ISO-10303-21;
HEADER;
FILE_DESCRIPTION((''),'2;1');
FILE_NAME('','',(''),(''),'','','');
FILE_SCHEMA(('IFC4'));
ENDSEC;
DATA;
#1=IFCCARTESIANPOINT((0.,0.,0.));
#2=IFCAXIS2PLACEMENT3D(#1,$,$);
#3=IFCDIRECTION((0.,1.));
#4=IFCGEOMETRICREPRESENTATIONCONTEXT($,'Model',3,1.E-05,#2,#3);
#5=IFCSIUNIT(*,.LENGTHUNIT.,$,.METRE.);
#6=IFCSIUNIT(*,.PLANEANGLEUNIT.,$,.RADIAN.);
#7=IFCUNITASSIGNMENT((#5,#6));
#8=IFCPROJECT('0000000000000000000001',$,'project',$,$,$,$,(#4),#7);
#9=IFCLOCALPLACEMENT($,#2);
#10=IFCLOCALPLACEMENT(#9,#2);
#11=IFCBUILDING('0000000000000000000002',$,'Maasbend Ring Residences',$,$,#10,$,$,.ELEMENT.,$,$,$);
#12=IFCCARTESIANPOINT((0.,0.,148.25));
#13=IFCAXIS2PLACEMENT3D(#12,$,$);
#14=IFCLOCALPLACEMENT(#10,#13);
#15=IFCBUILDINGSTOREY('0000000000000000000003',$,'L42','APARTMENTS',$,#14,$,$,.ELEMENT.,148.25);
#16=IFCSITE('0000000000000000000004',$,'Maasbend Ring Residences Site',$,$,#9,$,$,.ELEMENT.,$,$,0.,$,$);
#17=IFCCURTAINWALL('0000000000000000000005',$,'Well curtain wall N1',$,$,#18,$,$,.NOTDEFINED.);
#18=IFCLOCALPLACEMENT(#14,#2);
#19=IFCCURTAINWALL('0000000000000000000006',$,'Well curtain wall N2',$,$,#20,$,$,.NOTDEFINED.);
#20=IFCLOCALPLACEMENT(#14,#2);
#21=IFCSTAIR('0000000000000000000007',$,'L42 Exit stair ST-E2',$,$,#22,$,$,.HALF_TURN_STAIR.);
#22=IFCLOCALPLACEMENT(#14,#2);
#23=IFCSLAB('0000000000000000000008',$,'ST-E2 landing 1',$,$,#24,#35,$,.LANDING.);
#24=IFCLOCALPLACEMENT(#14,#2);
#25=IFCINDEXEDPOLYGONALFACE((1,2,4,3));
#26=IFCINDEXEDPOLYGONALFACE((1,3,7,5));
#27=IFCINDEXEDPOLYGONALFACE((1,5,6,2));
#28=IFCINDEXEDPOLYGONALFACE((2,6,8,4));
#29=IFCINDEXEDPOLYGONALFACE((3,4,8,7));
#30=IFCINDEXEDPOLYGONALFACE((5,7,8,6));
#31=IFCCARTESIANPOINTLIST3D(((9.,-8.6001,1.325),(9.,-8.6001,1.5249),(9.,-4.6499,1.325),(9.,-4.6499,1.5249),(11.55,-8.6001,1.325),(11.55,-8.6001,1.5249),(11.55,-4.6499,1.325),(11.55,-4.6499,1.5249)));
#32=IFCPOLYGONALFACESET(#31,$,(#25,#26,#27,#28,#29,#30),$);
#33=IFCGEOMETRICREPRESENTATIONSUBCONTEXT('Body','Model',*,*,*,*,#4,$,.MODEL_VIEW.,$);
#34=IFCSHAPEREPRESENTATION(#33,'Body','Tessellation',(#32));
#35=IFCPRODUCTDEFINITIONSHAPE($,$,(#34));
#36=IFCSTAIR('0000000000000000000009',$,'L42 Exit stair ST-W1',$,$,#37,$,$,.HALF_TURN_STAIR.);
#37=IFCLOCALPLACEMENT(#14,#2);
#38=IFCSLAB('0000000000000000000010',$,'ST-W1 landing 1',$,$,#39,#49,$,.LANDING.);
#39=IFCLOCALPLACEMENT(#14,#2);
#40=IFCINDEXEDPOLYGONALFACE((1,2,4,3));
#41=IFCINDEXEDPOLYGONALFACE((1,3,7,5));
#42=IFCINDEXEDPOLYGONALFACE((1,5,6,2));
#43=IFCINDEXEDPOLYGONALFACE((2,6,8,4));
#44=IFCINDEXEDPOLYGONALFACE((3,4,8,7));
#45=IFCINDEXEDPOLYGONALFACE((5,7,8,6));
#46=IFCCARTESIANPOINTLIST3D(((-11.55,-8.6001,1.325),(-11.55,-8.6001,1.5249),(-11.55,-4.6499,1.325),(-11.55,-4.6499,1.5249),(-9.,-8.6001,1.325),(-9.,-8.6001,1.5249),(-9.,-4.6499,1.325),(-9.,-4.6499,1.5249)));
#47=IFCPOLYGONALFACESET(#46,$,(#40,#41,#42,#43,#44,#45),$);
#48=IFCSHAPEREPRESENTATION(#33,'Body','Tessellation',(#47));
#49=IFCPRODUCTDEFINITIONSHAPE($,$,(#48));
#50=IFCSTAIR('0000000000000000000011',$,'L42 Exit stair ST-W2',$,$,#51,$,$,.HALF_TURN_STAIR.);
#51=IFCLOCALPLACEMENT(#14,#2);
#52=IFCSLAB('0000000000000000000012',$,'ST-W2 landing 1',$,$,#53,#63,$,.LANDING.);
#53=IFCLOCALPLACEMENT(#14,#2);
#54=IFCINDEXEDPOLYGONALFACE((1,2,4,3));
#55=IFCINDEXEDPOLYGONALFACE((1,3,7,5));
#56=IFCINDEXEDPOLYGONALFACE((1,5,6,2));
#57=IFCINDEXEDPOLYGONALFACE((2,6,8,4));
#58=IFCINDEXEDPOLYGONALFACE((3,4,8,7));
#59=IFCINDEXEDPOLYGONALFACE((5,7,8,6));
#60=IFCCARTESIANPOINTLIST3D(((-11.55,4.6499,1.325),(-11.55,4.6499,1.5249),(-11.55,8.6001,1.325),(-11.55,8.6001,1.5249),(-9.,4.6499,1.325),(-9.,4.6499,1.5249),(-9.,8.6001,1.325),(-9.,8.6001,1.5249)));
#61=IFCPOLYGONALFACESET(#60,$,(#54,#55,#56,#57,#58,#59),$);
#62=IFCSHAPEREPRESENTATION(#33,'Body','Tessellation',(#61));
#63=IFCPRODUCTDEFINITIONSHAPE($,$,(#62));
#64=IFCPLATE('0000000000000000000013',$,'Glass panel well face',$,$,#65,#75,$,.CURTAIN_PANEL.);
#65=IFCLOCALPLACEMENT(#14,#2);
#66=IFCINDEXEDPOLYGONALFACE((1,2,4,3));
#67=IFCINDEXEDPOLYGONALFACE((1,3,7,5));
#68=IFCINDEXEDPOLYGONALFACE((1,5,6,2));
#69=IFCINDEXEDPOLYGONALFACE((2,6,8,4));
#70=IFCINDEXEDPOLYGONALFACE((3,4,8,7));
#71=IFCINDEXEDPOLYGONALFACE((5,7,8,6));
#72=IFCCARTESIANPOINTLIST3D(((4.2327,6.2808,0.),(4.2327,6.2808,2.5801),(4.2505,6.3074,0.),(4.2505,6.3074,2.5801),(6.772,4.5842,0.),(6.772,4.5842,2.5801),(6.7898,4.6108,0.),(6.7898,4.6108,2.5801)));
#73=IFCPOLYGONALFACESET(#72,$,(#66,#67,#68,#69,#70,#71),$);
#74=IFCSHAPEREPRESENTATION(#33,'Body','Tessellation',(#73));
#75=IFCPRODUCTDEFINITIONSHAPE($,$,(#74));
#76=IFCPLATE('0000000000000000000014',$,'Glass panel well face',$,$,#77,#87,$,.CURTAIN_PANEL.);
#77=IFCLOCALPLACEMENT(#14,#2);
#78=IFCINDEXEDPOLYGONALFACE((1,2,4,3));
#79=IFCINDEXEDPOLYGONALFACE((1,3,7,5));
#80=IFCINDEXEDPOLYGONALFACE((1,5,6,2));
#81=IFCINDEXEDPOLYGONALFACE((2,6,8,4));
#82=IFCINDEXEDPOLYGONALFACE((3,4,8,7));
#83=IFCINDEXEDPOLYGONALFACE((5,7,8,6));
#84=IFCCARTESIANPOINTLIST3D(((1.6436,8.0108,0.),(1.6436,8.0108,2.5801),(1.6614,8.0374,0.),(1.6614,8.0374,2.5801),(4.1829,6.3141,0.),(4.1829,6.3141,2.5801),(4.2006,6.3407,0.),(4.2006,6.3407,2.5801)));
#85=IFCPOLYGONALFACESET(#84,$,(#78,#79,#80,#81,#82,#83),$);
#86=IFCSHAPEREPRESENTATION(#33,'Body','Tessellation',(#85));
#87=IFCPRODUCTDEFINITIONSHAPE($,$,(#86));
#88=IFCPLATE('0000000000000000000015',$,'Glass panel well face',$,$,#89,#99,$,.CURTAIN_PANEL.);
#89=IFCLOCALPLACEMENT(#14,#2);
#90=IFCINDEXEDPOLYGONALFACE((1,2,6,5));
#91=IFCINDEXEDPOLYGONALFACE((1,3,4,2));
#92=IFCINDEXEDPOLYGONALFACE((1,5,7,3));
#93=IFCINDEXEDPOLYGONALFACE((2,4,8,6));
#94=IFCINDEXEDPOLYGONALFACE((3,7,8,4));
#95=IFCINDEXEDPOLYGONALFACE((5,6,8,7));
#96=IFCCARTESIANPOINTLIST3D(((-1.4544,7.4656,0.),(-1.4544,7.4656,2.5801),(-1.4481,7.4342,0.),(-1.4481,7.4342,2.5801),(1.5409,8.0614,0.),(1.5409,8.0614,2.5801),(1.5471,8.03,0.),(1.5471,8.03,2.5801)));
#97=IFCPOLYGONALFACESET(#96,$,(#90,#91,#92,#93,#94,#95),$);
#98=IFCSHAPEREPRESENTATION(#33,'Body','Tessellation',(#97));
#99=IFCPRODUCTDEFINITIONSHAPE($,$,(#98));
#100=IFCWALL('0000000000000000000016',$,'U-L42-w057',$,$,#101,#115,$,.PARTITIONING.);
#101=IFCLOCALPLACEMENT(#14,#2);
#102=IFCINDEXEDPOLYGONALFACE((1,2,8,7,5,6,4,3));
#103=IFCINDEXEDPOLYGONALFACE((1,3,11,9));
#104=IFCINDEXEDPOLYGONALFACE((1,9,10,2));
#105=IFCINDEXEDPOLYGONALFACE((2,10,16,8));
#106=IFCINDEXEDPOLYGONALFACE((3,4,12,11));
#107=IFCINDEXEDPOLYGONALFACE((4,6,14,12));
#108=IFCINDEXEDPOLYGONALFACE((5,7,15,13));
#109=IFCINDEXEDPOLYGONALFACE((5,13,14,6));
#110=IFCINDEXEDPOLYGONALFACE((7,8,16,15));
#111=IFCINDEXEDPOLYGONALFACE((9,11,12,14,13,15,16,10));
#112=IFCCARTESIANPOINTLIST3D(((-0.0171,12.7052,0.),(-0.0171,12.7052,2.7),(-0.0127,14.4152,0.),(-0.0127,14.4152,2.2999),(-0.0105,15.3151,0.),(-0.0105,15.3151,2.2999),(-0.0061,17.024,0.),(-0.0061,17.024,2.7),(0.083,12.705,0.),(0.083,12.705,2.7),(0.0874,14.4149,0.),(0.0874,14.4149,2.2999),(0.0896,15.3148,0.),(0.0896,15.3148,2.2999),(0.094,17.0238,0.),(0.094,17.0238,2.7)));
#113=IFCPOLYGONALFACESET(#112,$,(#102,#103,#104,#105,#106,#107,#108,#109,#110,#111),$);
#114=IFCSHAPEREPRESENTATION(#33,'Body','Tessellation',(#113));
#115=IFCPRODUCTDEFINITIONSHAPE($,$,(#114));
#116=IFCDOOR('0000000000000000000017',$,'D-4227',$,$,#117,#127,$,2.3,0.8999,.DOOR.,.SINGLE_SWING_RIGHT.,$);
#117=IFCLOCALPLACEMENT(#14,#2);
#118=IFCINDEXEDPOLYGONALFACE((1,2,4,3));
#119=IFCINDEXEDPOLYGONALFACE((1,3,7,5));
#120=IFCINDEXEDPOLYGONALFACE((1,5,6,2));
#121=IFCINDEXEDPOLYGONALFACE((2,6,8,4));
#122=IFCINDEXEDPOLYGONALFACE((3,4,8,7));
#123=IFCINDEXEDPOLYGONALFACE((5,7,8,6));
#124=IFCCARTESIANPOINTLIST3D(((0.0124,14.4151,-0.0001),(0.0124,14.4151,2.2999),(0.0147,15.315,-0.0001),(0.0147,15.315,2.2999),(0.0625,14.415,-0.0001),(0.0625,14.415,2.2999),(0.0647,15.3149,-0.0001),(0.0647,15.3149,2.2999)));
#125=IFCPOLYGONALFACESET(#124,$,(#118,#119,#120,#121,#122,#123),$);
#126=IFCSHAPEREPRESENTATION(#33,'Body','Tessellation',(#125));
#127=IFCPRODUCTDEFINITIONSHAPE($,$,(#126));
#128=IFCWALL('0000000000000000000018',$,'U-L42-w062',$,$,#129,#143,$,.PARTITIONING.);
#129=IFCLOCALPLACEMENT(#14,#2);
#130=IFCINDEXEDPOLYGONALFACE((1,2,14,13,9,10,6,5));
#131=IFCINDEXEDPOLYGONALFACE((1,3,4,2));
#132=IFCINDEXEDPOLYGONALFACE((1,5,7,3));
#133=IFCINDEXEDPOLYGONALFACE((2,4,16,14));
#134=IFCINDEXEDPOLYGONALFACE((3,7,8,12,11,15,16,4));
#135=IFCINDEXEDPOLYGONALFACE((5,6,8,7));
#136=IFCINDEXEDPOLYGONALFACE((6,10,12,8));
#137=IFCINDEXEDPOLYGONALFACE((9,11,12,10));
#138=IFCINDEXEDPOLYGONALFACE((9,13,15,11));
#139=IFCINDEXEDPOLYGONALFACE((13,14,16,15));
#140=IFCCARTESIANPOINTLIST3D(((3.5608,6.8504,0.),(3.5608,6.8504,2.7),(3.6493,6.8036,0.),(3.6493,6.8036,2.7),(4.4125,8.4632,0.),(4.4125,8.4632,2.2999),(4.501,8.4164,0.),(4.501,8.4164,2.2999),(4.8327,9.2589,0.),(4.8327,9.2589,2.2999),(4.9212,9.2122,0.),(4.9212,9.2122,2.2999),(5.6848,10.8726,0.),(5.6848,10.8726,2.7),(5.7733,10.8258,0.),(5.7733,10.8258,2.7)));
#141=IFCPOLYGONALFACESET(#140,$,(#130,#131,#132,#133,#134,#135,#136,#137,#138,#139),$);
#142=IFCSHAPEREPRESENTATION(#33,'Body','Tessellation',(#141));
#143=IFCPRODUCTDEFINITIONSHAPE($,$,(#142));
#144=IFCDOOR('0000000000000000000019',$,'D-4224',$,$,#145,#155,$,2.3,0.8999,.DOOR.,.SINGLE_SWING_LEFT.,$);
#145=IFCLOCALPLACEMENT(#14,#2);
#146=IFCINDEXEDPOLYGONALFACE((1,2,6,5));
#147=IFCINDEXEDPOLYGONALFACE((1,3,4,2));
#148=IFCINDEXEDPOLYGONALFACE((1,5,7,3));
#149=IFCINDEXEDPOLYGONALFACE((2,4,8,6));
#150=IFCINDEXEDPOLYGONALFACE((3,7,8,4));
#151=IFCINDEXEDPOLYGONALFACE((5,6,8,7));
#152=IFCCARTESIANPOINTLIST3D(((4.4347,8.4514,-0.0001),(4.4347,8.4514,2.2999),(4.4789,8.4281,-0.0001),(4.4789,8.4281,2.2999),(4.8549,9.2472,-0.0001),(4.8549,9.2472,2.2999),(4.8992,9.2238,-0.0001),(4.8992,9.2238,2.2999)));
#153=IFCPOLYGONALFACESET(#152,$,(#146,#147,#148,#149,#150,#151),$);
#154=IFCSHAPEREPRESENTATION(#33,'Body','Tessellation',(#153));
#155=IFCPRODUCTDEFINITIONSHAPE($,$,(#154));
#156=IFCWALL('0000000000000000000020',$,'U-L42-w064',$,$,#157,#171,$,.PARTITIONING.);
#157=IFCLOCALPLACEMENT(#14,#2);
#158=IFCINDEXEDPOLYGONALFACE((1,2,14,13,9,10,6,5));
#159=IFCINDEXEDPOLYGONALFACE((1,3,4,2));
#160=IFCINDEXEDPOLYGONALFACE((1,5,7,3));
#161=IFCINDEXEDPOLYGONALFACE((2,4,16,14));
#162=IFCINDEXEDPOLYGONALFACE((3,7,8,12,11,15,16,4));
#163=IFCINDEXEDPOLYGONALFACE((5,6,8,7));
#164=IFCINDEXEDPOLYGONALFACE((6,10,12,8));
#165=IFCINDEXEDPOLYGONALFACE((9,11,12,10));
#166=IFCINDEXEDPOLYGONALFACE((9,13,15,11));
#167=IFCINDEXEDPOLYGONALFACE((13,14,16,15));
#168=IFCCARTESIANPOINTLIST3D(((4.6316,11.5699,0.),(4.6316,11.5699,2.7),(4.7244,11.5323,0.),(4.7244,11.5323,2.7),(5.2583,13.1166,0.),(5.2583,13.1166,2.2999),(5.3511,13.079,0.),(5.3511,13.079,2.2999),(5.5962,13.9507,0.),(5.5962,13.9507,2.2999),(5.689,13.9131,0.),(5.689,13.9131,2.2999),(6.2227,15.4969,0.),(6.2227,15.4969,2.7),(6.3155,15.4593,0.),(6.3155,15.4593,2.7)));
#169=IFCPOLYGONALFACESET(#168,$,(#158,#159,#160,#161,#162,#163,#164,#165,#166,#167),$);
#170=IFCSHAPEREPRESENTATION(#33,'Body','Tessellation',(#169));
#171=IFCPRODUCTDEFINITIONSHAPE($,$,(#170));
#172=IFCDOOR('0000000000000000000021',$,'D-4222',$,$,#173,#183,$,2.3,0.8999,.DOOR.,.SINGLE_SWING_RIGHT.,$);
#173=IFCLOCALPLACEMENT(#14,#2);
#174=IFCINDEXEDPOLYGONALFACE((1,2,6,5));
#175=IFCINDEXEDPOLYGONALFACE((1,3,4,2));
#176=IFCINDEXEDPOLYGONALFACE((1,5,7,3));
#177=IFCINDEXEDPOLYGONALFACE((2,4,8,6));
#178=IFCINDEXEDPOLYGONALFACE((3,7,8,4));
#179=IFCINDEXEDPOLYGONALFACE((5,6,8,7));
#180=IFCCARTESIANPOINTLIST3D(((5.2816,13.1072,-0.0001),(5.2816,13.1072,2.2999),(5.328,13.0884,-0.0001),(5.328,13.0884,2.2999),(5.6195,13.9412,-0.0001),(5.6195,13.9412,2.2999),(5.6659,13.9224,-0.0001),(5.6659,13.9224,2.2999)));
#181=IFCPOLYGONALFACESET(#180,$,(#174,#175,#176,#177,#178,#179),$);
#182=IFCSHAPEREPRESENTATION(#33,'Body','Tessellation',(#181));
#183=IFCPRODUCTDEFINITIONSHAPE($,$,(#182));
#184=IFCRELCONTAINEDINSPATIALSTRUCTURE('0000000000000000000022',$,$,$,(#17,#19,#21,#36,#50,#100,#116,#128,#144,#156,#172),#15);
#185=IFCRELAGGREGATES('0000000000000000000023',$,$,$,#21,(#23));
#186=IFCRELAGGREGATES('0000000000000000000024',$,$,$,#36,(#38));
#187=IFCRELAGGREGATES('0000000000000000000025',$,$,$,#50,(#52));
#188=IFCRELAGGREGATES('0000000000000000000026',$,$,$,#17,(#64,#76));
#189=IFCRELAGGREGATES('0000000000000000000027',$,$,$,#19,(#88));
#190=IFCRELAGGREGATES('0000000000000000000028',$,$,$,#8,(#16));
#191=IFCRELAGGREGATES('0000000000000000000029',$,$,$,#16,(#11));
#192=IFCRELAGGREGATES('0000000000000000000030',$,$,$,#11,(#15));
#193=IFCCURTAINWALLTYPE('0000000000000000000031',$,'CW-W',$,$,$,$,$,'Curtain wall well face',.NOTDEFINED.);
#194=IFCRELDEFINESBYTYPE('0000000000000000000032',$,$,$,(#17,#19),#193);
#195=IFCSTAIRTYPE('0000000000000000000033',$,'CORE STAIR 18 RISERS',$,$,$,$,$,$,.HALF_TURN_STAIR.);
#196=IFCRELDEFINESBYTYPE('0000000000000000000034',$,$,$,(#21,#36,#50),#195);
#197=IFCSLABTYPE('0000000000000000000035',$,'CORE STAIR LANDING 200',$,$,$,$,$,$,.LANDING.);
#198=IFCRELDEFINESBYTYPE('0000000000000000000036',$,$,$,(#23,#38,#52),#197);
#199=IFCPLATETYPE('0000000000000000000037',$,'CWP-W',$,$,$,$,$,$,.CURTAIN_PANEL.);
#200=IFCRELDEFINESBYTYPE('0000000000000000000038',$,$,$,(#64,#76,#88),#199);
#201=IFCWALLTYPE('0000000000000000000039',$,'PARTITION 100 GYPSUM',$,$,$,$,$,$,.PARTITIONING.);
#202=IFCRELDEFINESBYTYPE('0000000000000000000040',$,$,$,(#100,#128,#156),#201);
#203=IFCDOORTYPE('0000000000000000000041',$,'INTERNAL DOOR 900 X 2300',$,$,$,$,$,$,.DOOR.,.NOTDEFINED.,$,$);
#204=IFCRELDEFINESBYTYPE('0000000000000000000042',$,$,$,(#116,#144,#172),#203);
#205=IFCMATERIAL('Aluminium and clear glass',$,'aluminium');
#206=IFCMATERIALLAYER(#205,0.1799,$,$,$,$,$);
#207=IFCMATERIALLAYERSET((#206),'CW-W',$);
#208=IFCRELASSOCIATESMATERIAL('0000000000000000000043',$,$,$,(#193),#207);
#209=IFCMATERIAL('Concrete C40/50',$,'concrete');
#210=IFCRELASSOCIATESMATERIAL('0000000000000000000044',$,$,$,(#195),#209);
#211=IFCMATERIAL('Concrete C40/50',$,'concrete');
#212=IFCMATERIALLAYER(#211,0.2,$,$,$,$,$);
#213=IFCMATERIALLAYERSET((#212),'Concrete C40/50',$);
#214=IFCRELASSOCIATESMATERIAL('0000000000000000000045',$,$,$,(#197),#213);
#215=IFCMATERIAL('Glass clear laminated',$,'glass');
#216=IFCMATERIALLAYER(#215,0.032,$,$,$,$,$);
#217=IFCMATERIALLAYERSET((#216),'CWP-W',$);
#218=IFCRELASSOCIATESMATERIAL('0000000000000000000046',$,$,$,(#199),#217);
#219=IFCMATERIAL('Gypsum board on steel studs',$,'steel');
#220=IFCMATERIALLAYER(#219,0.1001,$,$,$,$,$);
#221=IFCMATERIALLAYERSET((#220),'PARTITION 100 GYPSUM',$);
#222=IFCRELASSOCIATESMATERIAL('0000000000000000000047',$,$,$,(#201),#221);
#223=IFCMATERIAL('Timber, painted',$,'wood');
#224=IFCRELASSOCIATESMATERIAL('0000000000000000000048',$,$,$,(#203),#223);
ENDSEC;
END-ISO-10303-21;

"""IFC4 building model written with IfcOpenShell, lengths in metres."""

from ifc_helpers import new_model, si_unit, direction, frame, frame_2d, origin, origin_2d, place, context, subcontext, project, spatial, polyline, rectangle, outline, extrude, material, layer, layer_set, type_object, element, fill, aggregate, save


model = new_model("IFC4")

# Units and contexts
model_context = context("Model", 3, precision=1e-05, world=origin(), true_north=direction((0.0, 1.0)))
body_context = subcontext(model_context, "Body", "Model", "MODEL_VIEW")
ifc_project = project(units=[si_unit("LENGTHUNIT", "METRE"), si_unit("PLANEANGLEUNIT", "RADIAN")], contexts=[model_context])

# Site, building, storey
site_placement = place(None, origin())
site = spatial("IfcSite", under=ifc_project, at=site_placement, Name="Maasbend Ring Residences Site", CompositionType="ELEMENT", RefElevation=0.0)
building_placement = place(site_placement, origin())
building = spatial("IfcBuilding", under=site, at=building_placement, Name="Maasbend Ring Residences", CompositionType="ELEMENT")
storey_placement = place(building_placement, frame((0.0, 0.0, 148.25)))
storey = spatial("IfcBuildingStorey", under=building, at=storey_placement, Name="L42", Description="APARTMENTS", CompositionType="ELEMENT", Elevation=148.25)

# Curtain wall
ifc_material_1 = material(Name="Aluminium and clear glass", Category="aluminium")
ifc_layer_1 = layer(ifc_material_1, 0.1799)
ifc_layer_set_1 = layer_set([ifc_layer_1], Name="CW-W")
curtain_wall_type = type_object("IfcCurtainWallType", Name="CW-W", ElementType="Curtain wall well face", PredefinedType="NOTDEFINED", material=ifc_layer_set_1)
curtain_wall_1_placement = place(storey_placement, origin())
curtain_wall_1 = element("IfcCurtainWall", 1, at=curtain_wall_1_placement, inside=storey, type_object=curtain_wall_type, Name="Well curtain wall N1", PredefinedType="NOTDEFINED")

# Curtain wall
curtain_wall_2_placement = place(storey_placement, origin())
curtain_wall_2 = element("IfcCurtainWall", 2, at=curtain_wall_2_placement, inside=storey, type_object=curtain_wall_type, Name="Well curtain wall N2", PredefinedType="NOTDEFINED")

# Stairs, slabs
ifc_material_2 = material(Name="Concrete C40/50", Category="concrete")
stair_type = type_object("IfcStairType", Name="CORE STAIR 18 RISERS", PredefinedType="HALF_TURN_STAIR", material=ifc_material_2)
ifc_material_3 = material(Name="Concrete C40/50", Category="concrete")
ifc_layer_2 = layer(ifc_material_3, 0.2)
ifc_layer_set_2 = layer_set([ifc_layer_2], Name="Concrete C40/50")
slab_type = type_object("IfcSlabType", Name="CORE STAIR LANDING 200", PredefinedType="LANDING", material=ifc_layer_set_2)
stair_1_placement = place(storey_placement, origin())
stair_1 = element("IfcStair", 3, at=stair_1_placement, inside=storey, type_object=stair_type, Name="L42 Exit stair ST-E2", PredefinedType="HALF_TURN_STAIR")
slab_1_placement = place(storey_placement, frame((0.0, 0.0, 1.325)))
slab_1 = element("IfcSlab", 4, at=slab_1_placement, type_object=slab_type, Name="ST-E2 landing 1", PredefinedType="LANDING", context=body_context, shape_type="SweptSolid", body=[
    extrude(outline(polyline([(11.55, -4.6499), (9.0, -4.6499), (9.0, -8.6001), (11.55, -8.6001), (11.55, -4.6499)])), origin(), (0.0, 0.0, 1.0), 0.2),
])
aggregate(stair_1, [slab_1])
stair_2_placement = place(storey_placement, origin())
stair_2 = element("IfcStair", 5, at=stair_2_placement, inside=storey, type_object=stair_type, Name="L42 Exit stair ST-W1", PredefinedType="HALF_TURN_STAIR")
slab_2_placement = place(storey_placement, frame((0.0, 0.0, 1.325)))
slab_2 = element("IfcSlab", 6, at=slab_2_placement, type_object=slab_type, Name="ST-W1 landing 1", PredefinedType="LANDING", context=body_context, shape_type="SweptSolid", body=[
    extrude(outline(polyline([(-11.55, -8.6001), (-9.0, -8.6001), (-9.0, -4.6499), (-11.55, -4.6499), (-11.55, -8.6001)])), origin(), (0.0, 0.0, 1.0), 0.2),
])
aggregate(stair_2, [slab_2])
stair_3_placement = place(storey_placement, origin())
stair_3 = element("IfcStair", 7, at=stair_3_placement, inside=storey, type_object=stair_type, Name="L42 Exit stair ST-W2", PredefinedType="HALF_TURN_STAIR")
slab_3_placement = place(storey_placement, frame((0.0, 0.0, 1.325)))
slab_3 = element("IfcSlab", 8, at=slab_3_placement, type_object=slab_type, Name="ST-W2 landing 1", PredefinedType="LANDING", context=body_context, shape_type="SweptSolid", body=[
    extrude(outline(polyline([(-11.55, 4.6499), (-9.0, 4.6499), (-9.0, 8.6001), (-11.55, 8.6001), (-11.55, 4.6499)])), origin(), (0.0, 0.0, 1.0), 0.2),
])
aggregate(stair_3, [slab_3])

# Plates
ifc_material_4 = material(Name="Glass clear laminated", Category="glass")
ifc_layer_3 = layer(ifc_material_4, 0.032)
ifc_layer_set_3 = layer_set([ifc_layer_3], Name="CWP-W")
plate_type = type_object("IfcPlateType", Name="CWP-W", PredefinedType="CURTAIN_PANEL", material=ifc_layer_set_3)
plate_1_placement = place(storey_placement, frame((5.5112, 5.4458, 0.0), z_axis=(0.0, 0.0, 1.0), x_axis=(-0.83147, 0.55557, 0.0)))
plate_1 = element("IfcPlate", 9, at=plate_1_placement, type_object=plate_type, Name="Glass panel well face", PredefinedType="CURTAIN_PANEL", context=body_context, shape_type="SweptSolid", body=[
    extrude(rectangle(XDim=3.054, YDim=0.032, at=origin_2d()), origin(), (0.0, 0.0, 1.0), 2.5801),
])
plate_2_placement = place(storey_placement, frame((2.9221, 7.1758, 0.0), z_axis=(0.0, 0.0, 1.0), x_axis=(-0.83147, 0.55557, 0.0)))
plate_2 = element("IfcPlate", 10, at=plate_2_placement, type_object=plate_type, Name="Glass panel well face", PredefinedType="CURTAIN_PANEL", context=body_context, shape_type="SweptSolid", body=[
    extrude(rectangle(XDim=3.054, YDim=0.032, at=origin_2d()), origin(), (0.0, 0.0, 1.0), 2.5801),
])
aggregate(curtain_wall_1, [plate_1, plate_2])
plate_3_placement = place(storey_placement, frame((0.0464, 7.7478, 0.0), z_axis=(0.0, 0.0, 1.0), x_axis=(-0.980785, -0.19509, 0.0)))
plate_3 = element("IfcPlate", 11, at=plate_3_placement, type_object=plate_type, Name="Glass panel well face", PredefinedType="CURTAIN_PANEL", context=body_context, shape_type="SweptSolid", body=[
    extrude(rectangle(XDim=3.054, YDim=0.032, at=origin_2d()), origin(), (0.0, 0.0, 1.0), 2.5801),
])
aggregate(curtain_wall_2, [plate_3])

# Walls, openings, doors
ifc_material_5 = material(Name="Gypsum board on steel studs", Category="steel")
ifc_layer_4 = layer(ifc_material_5, 0.1001)
ifc_layer_set_4 = layer_set([ifc_layer_4], Name="PARTITION 100 GYPSUM")
wall_type_1 = type_object("IfcWallType", Name="PARTITION 100 GYPSUM", PredefinedType="PARTITIONING", material=ifc_layer_set_4)
wall_1_placement = place(storey_placement, frame((0.033, 12.7051, 0.0), z_axis=(0.0, 0.0, 1.0), x_axis=(0.002544, 0.999997, 0.0)))
wall_1 = element("IfcWall", 12, at=wall_1_placement, inside=storey, type_object=wall_type_1, Name="U-L42-w057", PredefinedType="PARTITIONING", context=body_context, shape_type="SweptSolid", body=[
    extrude(rectangle(XDim=4.3188, YDim=0.1001, at=frame_2d((2.1594, 0.0))), origin(), (0.0, 0.0, 1.0), 2.7),
])
opening_1_placement = place(wall_1_placement, frame((1.71, 0.0, 0.0)))
opening_1 = element("IfcOpeningElement", 13, at=opening_1_placement, cuts=wall_1, PredefinedType="OPENING", context=body_context, shape_type="SweptSolid", body=[
    extrude(rectangle(XDim=0.8999, YDim=2.3, at=frame_2d((0.45, 1.1499))), frame((0.0, 0.0601, 0.0), z_axis=(0.0, -1.0, 0.0), x_axis=(1.0, 0.0, 0.0)), (0.0, 0.0, 1.0), 0.1201),
])
ifc_material_6 = material(Name="Timber, painted", Category="wood")
door_type = type_object("IfcDoorType", Name="INTERNAL DOOR 900 X 2300", OperationType="NOTDEFINED", PredefinedType="DOOR", material=ifc_material_6)
door_1_placement = place(opening_1_placement, origin())
door_1 = element("IfcDoor", 14, at=door_1_placement, inside=storey, type_object=door_type, Name="D-4227", OperationType="SINGLE_SWING_RIGHT", OverallHeight=2.3, OverallWidth=0.8999, PredefinedType="DOOR", context=body_context, shape_type="SweptSolid", body=[
    extrude(rectangle(XDim=0.8999, YDim=2.3, at=frame_2d((0.45, 1.1499))), frame((0.0, 0.0249, 0.0), z_axis=(0.0, -1.0, 0.0), x_axis=(1.0, 0.0, 0.0)), (0.0, 0.0, 1.0), 0.05),
])
fill(opening_1, door_1)
wall_2_placement = place(storey_placement, frame((3.605, 6.8269, 0.0), z_axis=(0.0, 0.0, 1.0), x_axis=(0.466963, 0.884277, 0.0)))
wall_2 = element("IfcWall", 15, at=wall_2_placement, inside=storey, type_object=wall_type_1, Name="U-L42-w062", PredefinedType="PARTITIONING", context=body_context, shape_type="SweptSolid", body=[
    extrude(rectangle(XDim=4.5486, YDim=0.1001, at=frame_2d((2.2744, 0.0))), origin(), (0.0, 0.0, 1.0), 2.7),
])
opening_2_placement = place(wall_2_placement, frame((1.824, 0.0, 0.0)))
opening_2 = element("IfcOpeningElement", 16, at=opening_2_placement, cuts=wall_2, PredefinedType="OPENING", context=body_context, shape_type="SweptSolid", body=[
    extrude(rectangle(XDim=0.8999, YDim=2.3, at=frame_2d((0.45, 1.1499))), frame((0.0, 0.0601, 0.0), z_axis=(0.0, -1.0, 0.0), x_axis=(1.0, 0.0, 0.0)), (0.0, 0.0, 1.0), 0.1201),
])
door_2_placement = place(opening_2_placement, origin())
door_2 = element("IfcDoor", 17, at=door_2_placement, inside=storey, type_object=door_type, Name="D-4224", OperationType="SINGLE_SWING_LEFT", OverallHeight=2.3, OverallWidth=0.8999, PredefinedType="DOOR", context=body_context, shape_type="SweptSolid", body=[
    extrude(rectangle(XDim=0.8999, YDim=2.3, at=frame_2d((0.45, 1.1499))), frame((0.0, 0.0249, 0.0), z_axis=(0.0, -1.0, 0.0), x_axis=(1.0, 0.0, 0.0)), (0.0, 0.0, 1.0), 0.05),
])
fill(opening_2, door_2)
wall_3_placement = place(storey_placement, frame((4.678, 11.551, 0.0), z_axis=(0.0, 0.0, 1.0), x_axis=(0.37551, 0.926818, 0.0)))
wall_3 = element("IfcWall", 18, at=wall_3_placement, inside=storey, type_object=wall_type_1, Name="U-L42-w064", PredefinedType="PARTITIONING", context=body_context, shape_type="SweptSolid", body=[
    extrude(rectangle(XDim=4.2371, YDim=0.1001, at=frame_2d((2.1187, 0.0))), origin(), (0.0, 0.0, 1.0), 2.7),
])
opening_3_placement = place(wall_3_placement, frame((1.6689, 0.0, 0.0)))
opening_3 = element("IfcOpeningElement", 19, at=opening_3_placement, cuts=wall_3, PredefinedType="OPENING", context=body_context, shape_type="SweptSolid", body=[
    extrude(rectangle(XDim=0.8999, YDim=2.3, at=frame_2d((0.45, 1.1499))), frame((0.0, 0.0601, 0.0), z_axis=(0.0, -1.0, 0.0), x_axis=(1.0, 0.0, 0.0)), (0.0, 0.0, 1.0), 0.1201),
])
door_3_placement = place(opening_3_placement, origin())
door_3 = element("IfcDoor", 20, at=door_3_placement, inside=storey, type_object=door_type, Name="D-4222", OperationType="SINGLE_SWING_RIGHT", OverallHeight=2.3, OverallWidth=0.8999, PredefinedType="DOOR", context=body_context, shape_type="SweptSolid", body=[
    extrude(rectangle(XDim=0.8999, YDim=2.3, at=frame_2d((0.45, 1.1499))), frame((0.0, 0.0249, 0.0), z_axis=(0.0, -1.0, 0.0), x_axis=(1.0, 0.0, 0.0)), (0.0, 0.0, 1.0), 0.05),
])
fill(opening_3, door_3)

save(model, "model.ifc")
